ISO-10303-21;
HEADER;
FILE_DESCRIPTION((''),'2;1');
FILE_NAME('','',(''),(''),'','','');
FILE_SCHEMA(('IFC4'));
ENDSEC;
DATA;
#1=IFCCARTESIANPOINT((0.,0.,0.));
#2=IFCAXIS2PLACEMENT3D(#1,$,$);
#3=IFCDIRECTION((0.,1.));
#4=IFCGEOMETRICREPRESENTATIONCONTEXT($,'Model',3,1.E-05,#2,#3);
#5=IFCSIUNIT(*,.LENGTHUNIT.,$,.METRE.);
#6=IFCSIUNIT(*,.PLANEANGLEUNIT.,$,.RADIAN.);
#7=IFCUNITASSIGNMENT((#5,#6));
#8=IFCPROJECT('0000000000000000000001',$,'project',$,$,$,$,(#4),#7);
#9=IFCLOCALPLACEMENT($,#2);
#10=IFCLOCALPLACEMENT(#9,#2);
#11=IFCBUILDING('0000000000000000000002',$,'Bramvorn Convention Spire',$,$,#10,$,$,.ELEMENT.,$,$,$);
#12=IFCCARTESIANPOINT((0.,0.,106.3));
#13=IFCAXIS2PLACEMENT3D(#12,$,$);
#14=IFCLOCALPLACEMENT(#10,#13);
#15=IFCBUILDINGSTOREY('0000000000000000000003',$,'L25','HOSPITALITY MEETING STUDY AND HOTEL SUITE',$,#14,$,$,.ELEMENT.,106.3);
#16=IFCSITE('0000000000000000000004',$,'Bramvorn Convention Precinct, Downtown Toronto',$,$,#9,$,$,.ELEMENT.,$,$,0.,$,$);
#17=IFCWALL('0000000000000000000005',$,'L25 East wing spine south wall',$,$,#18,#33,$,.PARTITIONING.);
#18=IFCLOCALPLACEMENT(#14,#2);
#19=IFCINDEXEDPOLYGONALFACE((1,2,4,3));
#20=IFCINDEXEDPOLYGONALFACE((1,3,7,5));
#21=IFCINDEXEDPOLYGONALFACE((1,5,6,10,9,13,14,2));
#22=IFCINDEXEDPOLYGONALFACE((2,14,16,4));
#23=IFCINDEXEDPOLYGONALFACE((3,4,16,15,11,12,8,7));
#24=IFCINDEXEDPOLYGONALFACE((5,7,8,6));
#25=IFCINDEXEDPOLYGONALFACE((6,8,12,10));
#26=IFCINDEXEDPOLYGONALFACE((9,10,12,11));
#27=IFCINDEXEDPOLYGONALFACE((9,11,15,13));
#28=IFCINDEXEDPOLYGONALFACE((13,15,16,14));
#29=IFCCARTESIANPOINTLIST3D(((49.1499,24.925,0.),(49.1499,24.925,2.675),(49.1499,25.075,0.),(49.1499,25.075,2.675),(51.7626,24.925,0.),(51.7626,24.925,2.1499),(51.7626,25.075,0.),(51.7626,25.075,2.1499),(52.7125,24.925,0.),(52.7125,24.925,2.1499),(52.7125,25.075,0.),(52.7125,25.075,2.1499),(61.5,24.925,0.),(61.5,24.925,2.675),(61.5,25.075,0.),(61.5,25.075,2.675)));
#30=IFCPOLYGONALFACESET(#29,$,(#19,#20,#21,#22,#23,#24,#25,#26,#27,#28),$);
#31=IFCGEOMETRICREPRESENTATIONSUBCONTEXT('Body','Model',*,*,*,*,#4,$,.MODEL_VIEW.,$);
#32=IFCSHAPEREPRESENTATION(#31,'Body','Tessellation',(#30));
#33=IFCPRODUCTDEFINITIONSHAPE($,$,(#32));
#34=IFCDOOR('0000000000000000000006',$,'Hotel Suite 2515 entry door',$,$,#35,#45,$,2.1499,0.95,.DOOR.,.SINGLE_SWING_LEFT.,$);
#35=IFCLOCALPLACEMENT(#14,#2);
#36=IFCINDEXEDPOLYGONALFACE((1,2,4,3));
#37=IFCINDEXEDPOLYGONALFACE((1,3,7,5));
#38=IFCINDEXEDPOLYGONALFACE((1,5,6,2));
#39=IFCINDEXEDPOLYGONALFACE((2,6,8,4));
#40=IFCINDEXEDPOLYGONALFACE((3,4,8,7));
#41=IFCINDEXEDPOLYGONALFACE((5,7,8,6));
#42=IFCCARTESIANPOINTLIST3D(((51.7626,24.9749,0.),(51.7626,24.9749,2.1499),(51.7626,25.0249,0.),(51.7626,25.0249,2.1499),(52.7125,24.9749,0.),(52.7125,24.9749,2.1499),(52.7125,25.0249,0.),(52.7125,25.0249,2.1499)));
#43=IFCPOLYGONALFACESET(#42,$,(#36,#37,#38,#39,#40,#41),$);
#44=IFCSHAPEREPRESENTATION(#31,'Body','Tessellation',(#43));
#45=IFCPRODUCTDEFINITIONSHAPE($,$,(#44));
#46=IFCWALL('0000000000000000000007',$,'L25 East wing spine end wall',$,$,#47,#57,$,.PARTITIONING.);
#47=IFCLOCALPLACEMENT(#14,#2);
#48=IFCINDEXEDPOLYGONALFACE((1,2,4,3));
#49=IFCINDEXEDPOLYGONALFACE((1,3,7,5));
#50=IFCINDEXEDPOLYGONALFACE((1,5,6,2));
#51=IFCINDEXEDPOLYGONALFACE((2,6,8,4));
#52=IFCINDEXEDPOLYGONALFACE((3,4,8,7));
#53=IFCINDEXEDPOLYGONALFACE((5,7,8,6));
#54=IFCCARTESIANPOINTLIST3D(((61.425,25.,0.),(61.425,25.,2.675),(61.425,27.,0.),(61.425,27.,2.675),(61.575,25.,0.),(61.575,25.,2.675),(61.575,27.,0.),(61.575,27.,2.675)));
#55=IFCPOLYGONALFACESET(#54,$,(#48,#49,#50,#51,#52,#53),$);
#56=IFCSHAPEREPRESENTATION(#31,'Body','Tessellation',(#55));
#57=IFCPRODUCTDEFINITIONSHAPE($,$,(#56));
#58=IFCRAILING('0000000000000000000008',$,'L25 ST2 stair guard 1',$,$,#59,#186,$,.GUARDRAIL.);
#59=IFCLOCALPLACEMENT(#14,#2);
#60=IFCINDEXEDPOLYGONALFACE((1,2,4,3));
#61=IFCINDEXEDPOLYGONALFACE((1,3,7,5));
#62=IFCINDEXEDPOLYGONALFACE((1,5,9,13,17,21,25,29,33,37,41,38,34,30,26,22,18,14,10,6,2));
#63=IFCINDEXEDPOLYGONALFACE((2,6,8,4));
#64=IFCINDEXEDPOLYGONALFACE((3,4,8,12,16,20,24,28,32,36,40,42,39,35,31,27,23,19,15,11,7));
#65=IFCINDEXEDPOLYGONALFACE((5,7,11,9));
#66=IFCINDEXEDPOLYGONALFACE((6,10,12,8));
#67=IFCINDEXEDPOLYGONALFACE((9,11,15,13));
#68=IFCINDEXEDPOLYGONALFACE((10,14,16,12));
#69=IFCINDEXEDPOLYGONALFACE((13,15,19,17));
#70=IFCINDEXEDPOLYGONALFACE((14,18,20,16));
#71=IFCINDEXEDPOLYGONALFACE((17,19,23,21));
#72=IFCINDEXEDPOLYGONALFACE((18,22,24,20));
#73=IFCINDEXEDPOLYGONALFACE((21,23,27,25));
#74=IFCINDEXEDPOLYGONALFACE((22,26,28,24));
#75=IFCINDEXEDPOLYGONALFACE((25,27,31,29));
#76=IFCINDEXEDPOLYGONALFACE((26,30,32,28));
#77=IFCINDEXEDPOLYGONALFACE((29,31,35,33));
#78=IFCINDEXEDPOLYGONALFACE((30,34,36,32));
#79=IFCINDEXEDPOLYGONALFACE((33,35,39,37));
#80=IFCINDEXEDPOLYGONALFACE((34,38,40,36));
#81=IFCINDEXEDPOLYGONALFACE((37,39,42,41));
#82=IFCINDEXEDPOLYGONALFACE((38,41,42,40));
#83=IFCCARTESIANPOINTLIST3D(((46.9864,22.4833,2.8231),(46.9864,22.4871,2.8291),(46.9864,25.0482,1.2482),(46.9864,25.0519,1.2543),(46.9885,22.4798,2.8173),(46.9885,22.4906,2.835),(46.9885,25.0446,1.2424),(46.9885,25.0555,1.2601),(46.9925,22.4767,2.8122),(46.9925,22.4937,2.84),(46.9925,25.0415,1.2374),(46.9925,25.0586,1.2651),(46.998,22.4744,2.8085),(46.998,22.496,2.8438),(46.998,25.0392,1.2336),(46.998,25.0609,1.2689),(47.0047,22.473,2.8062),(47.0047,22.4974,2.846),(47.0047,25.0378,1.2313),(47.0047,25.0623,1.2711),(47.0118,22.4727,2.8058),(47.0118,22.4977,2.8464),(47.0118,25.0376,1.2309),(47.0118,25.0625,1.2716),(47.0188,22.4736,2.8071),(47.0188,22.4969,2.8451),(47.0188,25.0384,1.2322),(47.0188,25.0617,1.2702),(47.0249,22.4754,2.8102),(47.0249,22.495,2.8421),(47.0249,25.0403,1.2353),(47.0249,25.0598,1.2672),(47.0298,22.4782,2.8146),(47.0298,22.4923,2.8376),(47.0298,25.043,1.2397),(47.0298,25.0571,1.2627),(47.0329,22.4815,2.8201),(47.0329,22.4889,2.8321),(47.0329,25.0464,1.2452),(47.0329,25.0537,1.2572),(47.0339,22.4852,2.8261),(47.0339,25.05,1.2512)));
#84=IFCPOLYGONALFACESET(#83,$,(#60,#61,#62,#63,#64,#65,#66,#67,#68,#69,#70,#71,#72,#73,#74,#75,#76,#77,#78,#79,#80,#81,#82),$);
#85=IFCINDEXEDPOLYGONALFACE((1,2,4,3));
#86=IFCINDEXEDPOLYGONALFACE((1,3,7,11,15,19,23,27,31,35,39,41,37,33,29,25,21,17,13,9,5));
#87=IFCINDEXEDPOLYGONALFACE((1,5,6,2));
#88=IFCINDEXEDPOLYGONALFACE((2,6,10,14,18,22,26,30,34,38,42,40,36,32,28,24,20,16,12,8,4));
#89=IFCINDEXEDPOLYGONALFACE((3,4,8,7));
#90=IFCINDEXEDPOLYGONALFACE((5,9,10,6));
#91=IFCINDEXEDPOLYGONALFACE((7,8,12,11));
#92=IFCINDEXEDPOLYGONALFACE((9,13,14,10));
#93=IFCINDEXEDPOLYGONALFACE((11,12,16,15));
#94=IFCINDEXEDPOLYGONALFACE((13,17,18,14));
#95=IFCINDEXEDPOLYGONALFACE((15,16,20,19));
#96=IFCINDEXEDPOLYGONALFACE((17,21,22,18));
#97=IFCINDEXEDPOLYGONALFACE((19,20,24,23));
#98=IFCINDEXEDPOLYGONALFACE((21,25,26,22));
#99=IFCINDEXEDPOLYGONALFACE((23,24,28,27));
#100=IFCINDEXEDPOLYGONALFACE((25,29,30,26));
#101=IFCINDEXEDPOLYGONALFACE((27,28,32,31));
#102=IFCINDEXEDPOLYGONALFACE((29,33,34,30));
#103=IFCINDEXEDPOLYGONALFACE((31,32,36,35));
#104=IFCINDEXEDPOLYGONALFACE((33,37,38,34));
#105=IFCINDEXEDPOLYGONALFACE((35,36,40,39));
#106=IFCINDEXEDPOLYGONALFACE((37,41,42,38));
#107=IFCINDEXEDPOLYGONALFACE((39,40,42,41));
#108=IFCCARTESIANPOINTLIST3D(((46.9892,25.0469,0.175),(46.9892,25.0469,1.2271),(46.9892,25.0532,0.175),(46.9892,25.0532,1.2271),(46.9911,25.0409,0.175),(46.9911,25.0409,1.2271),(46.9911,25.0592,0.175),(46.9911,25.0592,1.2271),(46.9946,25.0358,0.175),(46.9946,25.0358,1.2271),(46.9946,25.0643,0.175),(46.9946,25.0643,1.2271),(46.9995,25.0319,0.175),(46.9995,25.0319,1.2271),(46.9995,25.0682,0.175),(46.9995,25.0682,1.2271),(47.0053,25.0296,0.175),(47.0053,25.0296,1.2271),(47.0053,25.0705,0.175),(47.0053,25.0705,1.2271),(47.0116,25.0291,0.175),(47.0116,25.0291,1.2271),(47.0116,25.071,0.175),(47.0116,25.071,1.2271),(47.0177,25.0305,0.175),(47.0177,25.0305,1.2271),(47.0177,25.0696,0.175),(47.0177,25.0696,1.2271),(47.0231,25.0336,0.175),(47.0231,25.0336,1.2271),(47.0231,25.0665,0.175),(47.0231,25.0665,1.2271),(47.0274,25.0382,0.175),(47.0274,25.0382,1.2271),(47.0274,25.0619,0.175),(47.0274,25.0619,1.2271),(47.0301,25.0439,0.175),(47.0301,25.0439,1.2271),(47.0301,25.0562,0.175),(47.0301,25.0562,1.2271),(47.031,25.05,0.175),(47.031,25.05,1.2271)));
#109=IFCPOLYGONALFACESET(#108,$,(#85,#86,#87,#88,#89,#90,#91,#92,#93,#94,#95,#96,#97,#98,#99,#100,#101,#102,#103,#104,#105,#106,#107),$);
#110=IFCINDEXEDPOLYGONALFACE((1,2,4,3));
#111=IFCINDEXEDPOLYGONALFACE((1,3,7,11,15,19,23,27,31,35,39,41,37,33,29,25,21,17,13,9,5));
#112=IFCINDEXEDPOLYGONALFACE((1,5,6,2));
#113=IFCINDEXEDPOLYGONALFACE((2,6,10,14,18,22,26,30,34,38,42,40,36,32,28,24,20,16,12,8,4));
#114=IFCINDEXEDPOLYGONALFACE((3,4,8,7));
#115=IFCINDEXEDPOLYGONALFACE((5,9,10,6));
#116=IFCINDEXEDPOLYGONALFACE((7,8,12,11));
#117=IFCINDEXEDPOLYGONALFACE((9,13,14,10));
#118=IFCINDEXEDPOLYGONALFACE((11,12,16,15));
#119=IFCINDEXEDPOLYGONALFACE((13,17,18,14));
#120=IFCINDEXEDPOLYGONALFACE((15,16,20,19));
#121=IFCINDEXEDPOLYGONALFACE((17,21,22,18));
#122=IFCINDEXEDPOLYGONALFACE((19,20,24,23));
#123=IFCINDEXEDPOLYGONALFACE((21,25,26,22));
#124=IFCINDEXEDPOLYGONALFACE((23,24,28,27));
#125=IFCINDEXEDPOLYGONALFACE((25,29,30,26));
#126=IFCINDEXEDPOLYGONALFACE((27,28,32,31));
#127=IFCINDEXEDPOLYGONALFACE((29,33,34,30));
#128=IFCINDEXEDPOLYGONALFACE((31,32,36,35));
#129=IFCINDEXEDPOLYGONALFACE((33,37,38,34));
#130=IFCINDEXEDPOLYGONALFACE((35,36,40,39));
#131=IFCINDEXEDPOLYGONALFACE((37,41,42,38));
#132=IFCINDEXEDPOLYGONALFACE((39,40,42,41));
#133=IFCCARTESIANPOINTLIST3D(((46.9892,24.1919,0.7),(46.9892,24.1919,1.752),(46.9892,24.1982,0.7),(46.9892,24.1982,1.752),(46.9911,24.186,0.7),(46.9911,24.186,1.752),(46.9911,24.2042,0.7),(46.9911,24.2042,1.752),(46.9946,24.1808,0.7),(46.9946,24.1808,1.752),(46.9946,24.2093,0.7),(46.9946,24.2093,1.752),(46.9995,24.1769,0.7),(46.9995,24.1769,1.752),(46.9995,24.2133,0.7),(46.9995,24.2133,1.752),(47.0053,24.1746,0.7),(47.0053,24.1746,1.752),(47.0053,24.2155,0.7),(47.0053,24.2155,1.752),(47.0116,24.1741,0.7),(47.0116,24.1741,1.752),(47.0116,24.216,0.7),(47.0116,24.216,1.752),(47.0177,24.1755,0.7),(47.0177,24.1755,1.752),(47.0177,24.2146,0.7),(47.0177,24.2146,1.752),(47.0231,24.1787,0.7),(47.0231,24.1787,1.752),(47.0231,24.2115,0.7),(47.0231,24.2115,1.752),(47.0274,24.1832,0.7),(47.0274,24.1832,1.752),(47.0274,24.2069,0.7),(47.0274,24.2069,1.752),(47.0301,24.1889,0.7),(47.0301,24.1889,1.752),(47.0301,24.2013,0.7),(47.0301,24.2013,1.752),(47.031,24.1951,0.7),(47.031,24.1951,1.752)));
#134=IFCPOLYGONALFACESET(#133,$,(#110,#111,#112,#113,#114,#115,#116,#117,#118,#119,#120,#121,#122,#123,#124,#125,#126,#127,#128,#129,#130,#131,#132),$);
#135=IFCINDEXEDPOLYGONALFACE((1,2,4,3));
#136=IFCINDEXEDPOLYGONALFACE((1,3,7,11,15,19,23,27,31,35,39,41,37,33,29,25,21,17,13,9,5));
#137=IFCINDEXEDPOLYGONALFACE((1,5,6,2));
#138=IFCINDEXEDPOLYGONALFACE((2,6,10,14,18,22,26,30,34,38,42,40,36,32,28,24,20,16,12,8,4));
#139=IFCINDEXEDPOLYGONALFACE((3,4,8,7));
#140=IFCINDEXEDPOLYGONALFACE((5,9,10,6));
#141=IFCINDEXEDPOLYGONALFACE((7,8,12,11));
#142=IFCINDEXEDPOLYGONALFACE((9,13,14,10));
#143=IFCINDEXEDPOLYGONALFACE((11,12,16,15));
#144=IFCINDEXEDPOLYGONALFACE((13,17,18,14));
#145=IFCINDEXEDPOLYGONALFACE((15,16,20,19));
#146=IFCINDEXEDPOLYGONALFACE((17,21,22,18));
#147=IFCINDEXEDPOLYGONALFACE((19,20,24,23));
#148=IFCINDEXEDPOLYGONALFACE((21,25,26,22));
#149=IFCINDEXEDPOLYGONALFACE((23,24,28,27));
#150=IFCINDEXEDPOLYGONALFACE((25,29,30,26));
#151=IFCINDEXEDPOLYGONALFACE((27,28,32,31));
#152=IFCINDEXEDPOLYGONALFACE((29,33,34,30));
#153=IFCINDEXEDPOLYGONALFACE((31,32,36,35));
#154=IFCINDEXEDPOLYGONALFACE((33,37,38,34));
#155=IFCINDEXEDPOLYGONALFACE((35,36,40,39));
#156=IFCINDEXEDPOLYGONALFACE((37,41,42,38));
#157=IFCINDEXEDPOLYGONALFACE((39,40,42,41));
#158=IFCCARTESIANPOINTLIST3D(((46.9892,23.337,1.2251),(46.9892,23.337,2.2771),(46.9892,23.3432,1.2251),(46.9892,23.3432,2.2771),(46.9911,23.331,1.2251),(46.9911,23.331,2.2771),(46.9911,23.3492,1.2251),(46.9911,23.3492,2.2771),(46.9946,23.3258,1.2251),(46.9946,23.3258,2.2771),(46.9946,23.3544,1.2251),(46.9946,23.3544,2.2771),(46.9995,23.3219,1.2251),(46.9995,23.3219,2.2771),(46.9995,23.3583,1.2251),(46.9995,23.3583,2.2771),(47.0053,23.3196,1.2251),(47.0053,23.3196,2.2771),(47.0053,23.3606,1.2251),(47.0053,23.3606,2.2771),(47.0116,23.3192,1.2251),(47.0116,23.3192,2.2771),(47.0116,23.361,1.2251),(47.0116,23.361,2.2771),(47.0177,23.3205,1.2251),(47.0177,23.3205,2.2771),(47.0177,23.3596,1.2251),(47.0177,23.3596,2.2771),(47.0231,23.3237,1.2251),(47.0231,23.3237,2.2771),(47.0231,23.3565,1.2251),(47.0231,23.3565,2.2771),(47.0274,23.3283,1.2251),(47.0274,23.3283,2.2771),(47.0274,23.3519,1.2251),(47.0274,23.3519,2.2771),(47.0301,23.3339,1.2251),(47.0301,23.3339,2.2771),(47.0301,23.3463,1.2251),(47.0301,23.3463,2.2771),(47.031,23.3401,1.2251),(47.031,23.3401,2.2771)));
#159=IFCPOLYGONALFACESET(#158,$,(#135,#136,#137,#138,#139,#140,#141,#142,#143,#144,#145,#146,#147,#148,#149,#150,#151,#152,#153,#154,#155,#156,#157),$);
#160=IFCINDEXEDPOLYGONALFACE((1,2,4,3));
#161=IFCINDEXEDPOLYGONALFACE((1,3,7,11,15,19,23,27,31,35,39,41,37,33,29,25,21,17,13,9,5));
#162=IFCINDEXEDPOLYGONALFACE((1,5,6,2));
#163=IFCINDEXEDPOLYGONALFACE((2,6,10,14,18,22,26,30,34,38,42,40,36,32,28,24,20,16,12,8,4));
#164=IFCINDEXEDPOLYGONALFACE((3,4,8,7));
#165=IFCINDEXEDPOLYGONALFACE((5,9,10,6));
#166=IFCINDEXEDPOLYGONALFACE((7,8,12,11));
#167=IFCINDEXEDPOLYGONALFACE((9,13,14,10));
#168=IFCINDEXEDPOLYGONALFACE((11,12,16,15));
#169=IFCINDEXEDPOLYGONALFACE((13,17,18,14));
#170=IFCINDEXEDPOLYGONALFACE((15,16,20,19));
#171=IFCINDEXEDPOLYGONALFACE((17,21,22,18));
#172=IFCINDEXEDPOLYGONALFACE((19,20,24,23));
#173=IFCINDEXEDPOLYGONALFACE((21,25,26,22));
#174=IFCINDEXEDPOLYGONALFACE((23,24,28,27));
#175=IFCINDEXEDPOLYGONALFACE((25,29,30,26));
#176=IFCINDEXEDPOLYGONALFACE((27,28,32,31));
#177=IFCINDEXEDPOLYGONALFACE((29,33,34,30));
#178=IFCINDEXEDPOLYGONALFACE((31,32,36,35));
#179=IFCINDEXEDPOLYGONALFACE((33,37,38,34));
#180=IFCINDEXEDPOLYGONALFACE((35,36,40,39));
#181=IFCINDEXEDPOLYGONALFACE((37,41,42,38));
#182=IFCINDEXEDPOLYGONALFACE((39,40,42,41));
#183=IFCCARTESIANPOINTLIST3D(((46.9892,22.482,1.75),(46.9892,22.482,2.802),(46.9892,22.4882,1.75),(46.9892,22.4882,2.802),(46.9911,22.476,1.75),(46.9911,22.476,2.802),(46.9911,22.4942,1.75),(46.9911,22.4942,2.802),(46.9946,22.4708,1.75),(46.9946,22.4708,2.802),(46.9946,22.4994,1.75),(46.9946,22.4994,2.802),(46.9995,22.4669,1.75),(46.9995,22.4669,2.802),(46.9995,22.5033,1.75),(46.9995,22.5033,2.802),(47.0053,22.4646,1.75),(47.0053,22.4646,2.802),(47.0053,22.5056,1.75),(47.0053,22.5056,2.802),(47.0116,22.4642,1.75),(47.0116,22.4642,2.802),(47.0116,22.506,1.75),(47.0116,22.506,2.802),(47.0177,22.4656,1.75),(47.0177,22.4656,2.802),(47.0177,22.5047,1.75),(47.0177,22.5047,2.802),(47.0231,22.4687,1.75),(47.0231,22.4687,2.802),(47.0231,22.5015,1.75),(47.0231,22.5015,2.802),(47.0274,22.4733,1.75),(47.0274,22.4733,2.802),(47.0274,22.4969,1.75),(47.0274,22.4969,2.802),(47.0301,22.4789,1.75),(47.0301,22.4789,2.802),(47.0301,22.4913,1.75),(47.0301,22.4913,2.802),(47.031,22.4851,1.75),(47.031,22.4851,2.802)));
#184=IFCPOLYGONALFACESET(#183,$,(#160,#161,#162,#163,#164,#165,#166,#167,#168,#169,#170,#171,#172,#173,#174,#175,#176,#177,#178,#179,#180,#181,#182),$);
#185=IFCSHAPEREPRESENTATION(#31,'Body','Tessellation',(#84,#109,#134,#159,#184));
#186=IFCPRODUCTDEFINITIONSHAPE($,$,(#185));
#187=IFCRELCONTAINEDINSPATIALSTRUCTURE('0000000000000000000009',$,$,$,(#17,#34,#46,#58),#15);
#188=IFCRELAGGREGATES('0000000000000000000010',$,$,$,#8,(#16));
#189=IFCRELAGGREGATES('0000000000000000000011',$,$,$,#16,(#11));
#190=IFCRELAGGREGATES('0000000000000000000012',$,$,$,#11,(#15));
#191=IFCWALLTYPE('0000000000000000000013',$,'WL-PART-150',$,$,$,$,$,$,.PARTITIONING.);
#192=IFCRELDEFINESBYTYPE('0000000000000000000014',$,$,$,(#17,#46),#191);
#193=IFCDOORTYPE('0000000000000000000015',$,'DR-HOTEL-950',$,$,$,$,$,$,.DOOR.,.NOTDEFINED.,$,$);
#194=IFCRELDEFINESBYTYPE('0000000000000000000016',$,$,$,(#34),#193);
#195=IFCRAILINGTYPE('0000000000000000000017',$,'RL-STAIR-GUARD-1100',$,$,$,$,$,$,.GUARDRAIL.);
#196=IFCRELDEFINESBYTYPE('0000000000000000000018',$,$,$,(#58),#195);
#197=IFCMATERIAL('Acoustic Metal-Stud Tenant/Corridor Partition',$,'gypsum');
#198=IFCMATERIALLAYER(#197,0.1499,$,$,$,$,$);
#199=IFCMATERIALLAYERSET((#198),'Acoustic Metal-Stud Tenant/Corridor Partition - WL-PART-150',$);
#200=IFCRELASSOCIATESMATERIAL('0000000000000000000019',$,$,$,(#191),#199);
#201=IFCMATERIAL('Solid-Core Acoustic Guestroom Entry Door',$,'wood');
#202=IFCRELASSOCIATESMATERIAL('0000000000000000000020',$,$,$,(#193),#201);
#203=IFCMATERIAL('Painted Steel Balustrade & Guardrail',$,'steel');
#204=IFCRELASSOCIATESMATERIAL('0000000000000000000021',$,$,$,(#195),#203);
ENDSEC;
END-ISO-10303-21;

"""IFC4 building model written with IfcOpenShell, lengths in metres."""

from ifc_helpers import new_model, si_unit, direction, frame, frame_2d, origin, origin_2d, place, context, subcontext, project, spatial, rectangle, circle, extrude, material, layer, layer_set, type_object, element, fill, save


model = new_model("IFC4")

# Units and contexts
model_context = context("Model", 3, precision=1e-05, world=origin(), true_north=direction((0.0, 1.0)))
body_context = subcontext(model_context, "Body", "Model", "MODEL_VIEW")
ifc_project = project(units=[si_unit("LENGTHUNIT", "METRE"), si_unit("PLANEANGLEUNIT", "RADIAN")], contexts=[model_context])

# Site, building, storey
site_placement = place(None, origin())
site = spatial("IfcSite", under=ifc_project, at=site_placement, Name="Bramvorn Convention Precinct, Downtown Toronto", CompositionType="ELEMENT", RefElevation=0.0)
building_placement = place(site_placement, origin())
building = spatial("IfcBuilding", under=site, at=building_placement, Name="Bramvorn Convention Spire", CompositionType="ELEMENT")
storey_placement = place(building_placement, frame((0.0, 0.0, 106.3)))
storey = spatial("IfcBuildingStorey", under=building, at=storey_placement, Name="L25", Description="HOSPITALITY MEETING STUDY AND HOTEL SUITE", CompositionType="ELEMENT", Elevation=106.3)

# Shared definitions
ifc_material_1 = material(Name="Acoustic Metal-Stud Tenant/Corridor Partition", Category="gypsum")
ifc_layer_1 = layer(ifc_material_1, 0.1499)
ifc_layer_set_1 = layer_set([ifc_layer_1], Name="Acoustic Metal-Stud Tenant/Corridor Partition - WL-PART-150")
wall_type_1 = type_object("IfcWallType", Name="WL-PART-150", PredefinedType="PARTITIONING", material=ifc_layer_set_1)
ifc_material_2 = material(Name="Solid-Core Acoustic Guestroom Entry Door", Category="wood")
door_type = type_object("IfcDoorType", Name="DR-HOTEL-950", OperationType="NOTDEFINED", PredefinedType="DOOR", material=ifc_material_2)

# Wall, opening, door
wall_1_placement = place(storey_placement, frame((49.1499, 25.0, 0.0), z_axis=(0.0, 0.0, 1.0), x_axis=(1.0, 0.0, 0.0)))
wall_1 = element("IfcWall", 1, at=wall_1_placement, inside=storey, type_object=wall_type_1, Name="L25 East wing spine south wall", PredefinedType="PARTITIONING", context=body_context, shape_type="SweptSolid", body=[
    extrude(rectangle(XDim=12.3501, YDim=0.1499, at=frame_2d((6.175, 0.0))), origin(), (0.0, 0.0, 1.0), 2.675),
])
opening_1_placement = place(wall_1_placement, frame((2.6125, 0.0, 0.0)))
opening_1 = element("IfcOpeningElement", 2, at=opening_1_placement, cuts=wall_1, PredefinedType="OPENING", context=body_context, shape_type="SweptSolid", body=[
    extrude(rectangle(XDim=0.95, YDim=2.1499, at=frame_2d((0.4751, 1.075))), frame((0.0, 0.085, 0.0), z_axis=(0.0, -1.0, 0.0), x_axis=(1.0, 0.0, 0.0)), (0.0, 0.0, 1.0), 0.1699),
])
door_1_placement = place(opening_1_placement, origin())
door_1 = element("IfcDoor", 3, at=door_1_placement, inside=storey, type_object=door_type, Name="Hotel Suite 2515 entry door", OperationType="SINGLE_SWING_LEFT", OverallHeight=2.1499, OverallWidth=0.95, PredefinedType="DOOR", context=body_context, shape_type="SweptSolid", body=[
    extrude(rectangle(XDim=0.95, YDim=2.1499, at=frame_2d((0.4751, 1.075))), frame((0.0, 0.0249, 0.0), z_axis=(0.0, -1.0, 0.0), x_axis=(1.0, 0.0, 0.0)), (0.0, 0.0, 1.0), 0.05),
])
fill(opening_1, door_1)

# Wall
wall_2_placement = place(storey_placement, frame((61.5, 25.0, 0.0), z_axis=(0.0, 0.0, 1.0), x_axis=(0.0, 1.0, 0.0)))
element("IfcWall", 4, at=wall_2_placement, inside=storey, type_object=wall_type_1, Name="L25 East wing spine end wall", PredefinedType="PARTITIONING", context=body_context, shape_type="SweptSolid", body=[
    extrude(rectangle(XDim=2.0, YDim=0.1499, at=frame_2d((1.0, 0.0))), origin(), (0.0, 0.0, 1.0), 2.675),
])

# Railing
ifc_material_3 = material(Name="Painted Steel Balustrade & Guardrail", Category="steel")
railing_type = type_object("IfcRailingType", Name="RL-STAIR-GUARD-1100", PredefinedType="GUARDRAIL", material=ifc_material_3)
railing_1_placement = place(storey_placement, frame((47.01, 25.05, 0.175)))
element("IfcRailing", 5, at=railing_1_placement, inside=storey, type_object=railing_type, Name="L25 ST2 stair guard 1", PredefinedType="GUARDRAIL", context=body_context, shape_type="SweptSolid", body=[
    extrude(circle(Radius=0.0239, at=origin_2d()), frame((0.0, 0.0, 1.0762), z_axis=(0.0, -0.852173, 0.52326), x_axis=(1.0, 0.0, 0.0)), (0.0, 0.0, 1.0), 3.0098),
    extrude(circle(Radius=0.021, at=origin_2d()), origin(), (0.0, 0.0, 1.0), 1.052),
    extrude(circle(Radius=0.021, at=origin_2d()), frame((0.0, -0.855, 0.5249)), (0.0, 0.0, 1.0), 1.052),
    extrude(circle(Radius=0.021, at=origin_2d()), frame((0.0, -1.71, 1.05)), (0.0, 0.0, 1.0), 1.052),
    extrude(circle(Radius=0.021, at=origin_2d()), frame((0.0, -2.5649, 1.575)), (0.0, 0.0, 1.0), 1.052),
])

save(model, "model.ifc")
